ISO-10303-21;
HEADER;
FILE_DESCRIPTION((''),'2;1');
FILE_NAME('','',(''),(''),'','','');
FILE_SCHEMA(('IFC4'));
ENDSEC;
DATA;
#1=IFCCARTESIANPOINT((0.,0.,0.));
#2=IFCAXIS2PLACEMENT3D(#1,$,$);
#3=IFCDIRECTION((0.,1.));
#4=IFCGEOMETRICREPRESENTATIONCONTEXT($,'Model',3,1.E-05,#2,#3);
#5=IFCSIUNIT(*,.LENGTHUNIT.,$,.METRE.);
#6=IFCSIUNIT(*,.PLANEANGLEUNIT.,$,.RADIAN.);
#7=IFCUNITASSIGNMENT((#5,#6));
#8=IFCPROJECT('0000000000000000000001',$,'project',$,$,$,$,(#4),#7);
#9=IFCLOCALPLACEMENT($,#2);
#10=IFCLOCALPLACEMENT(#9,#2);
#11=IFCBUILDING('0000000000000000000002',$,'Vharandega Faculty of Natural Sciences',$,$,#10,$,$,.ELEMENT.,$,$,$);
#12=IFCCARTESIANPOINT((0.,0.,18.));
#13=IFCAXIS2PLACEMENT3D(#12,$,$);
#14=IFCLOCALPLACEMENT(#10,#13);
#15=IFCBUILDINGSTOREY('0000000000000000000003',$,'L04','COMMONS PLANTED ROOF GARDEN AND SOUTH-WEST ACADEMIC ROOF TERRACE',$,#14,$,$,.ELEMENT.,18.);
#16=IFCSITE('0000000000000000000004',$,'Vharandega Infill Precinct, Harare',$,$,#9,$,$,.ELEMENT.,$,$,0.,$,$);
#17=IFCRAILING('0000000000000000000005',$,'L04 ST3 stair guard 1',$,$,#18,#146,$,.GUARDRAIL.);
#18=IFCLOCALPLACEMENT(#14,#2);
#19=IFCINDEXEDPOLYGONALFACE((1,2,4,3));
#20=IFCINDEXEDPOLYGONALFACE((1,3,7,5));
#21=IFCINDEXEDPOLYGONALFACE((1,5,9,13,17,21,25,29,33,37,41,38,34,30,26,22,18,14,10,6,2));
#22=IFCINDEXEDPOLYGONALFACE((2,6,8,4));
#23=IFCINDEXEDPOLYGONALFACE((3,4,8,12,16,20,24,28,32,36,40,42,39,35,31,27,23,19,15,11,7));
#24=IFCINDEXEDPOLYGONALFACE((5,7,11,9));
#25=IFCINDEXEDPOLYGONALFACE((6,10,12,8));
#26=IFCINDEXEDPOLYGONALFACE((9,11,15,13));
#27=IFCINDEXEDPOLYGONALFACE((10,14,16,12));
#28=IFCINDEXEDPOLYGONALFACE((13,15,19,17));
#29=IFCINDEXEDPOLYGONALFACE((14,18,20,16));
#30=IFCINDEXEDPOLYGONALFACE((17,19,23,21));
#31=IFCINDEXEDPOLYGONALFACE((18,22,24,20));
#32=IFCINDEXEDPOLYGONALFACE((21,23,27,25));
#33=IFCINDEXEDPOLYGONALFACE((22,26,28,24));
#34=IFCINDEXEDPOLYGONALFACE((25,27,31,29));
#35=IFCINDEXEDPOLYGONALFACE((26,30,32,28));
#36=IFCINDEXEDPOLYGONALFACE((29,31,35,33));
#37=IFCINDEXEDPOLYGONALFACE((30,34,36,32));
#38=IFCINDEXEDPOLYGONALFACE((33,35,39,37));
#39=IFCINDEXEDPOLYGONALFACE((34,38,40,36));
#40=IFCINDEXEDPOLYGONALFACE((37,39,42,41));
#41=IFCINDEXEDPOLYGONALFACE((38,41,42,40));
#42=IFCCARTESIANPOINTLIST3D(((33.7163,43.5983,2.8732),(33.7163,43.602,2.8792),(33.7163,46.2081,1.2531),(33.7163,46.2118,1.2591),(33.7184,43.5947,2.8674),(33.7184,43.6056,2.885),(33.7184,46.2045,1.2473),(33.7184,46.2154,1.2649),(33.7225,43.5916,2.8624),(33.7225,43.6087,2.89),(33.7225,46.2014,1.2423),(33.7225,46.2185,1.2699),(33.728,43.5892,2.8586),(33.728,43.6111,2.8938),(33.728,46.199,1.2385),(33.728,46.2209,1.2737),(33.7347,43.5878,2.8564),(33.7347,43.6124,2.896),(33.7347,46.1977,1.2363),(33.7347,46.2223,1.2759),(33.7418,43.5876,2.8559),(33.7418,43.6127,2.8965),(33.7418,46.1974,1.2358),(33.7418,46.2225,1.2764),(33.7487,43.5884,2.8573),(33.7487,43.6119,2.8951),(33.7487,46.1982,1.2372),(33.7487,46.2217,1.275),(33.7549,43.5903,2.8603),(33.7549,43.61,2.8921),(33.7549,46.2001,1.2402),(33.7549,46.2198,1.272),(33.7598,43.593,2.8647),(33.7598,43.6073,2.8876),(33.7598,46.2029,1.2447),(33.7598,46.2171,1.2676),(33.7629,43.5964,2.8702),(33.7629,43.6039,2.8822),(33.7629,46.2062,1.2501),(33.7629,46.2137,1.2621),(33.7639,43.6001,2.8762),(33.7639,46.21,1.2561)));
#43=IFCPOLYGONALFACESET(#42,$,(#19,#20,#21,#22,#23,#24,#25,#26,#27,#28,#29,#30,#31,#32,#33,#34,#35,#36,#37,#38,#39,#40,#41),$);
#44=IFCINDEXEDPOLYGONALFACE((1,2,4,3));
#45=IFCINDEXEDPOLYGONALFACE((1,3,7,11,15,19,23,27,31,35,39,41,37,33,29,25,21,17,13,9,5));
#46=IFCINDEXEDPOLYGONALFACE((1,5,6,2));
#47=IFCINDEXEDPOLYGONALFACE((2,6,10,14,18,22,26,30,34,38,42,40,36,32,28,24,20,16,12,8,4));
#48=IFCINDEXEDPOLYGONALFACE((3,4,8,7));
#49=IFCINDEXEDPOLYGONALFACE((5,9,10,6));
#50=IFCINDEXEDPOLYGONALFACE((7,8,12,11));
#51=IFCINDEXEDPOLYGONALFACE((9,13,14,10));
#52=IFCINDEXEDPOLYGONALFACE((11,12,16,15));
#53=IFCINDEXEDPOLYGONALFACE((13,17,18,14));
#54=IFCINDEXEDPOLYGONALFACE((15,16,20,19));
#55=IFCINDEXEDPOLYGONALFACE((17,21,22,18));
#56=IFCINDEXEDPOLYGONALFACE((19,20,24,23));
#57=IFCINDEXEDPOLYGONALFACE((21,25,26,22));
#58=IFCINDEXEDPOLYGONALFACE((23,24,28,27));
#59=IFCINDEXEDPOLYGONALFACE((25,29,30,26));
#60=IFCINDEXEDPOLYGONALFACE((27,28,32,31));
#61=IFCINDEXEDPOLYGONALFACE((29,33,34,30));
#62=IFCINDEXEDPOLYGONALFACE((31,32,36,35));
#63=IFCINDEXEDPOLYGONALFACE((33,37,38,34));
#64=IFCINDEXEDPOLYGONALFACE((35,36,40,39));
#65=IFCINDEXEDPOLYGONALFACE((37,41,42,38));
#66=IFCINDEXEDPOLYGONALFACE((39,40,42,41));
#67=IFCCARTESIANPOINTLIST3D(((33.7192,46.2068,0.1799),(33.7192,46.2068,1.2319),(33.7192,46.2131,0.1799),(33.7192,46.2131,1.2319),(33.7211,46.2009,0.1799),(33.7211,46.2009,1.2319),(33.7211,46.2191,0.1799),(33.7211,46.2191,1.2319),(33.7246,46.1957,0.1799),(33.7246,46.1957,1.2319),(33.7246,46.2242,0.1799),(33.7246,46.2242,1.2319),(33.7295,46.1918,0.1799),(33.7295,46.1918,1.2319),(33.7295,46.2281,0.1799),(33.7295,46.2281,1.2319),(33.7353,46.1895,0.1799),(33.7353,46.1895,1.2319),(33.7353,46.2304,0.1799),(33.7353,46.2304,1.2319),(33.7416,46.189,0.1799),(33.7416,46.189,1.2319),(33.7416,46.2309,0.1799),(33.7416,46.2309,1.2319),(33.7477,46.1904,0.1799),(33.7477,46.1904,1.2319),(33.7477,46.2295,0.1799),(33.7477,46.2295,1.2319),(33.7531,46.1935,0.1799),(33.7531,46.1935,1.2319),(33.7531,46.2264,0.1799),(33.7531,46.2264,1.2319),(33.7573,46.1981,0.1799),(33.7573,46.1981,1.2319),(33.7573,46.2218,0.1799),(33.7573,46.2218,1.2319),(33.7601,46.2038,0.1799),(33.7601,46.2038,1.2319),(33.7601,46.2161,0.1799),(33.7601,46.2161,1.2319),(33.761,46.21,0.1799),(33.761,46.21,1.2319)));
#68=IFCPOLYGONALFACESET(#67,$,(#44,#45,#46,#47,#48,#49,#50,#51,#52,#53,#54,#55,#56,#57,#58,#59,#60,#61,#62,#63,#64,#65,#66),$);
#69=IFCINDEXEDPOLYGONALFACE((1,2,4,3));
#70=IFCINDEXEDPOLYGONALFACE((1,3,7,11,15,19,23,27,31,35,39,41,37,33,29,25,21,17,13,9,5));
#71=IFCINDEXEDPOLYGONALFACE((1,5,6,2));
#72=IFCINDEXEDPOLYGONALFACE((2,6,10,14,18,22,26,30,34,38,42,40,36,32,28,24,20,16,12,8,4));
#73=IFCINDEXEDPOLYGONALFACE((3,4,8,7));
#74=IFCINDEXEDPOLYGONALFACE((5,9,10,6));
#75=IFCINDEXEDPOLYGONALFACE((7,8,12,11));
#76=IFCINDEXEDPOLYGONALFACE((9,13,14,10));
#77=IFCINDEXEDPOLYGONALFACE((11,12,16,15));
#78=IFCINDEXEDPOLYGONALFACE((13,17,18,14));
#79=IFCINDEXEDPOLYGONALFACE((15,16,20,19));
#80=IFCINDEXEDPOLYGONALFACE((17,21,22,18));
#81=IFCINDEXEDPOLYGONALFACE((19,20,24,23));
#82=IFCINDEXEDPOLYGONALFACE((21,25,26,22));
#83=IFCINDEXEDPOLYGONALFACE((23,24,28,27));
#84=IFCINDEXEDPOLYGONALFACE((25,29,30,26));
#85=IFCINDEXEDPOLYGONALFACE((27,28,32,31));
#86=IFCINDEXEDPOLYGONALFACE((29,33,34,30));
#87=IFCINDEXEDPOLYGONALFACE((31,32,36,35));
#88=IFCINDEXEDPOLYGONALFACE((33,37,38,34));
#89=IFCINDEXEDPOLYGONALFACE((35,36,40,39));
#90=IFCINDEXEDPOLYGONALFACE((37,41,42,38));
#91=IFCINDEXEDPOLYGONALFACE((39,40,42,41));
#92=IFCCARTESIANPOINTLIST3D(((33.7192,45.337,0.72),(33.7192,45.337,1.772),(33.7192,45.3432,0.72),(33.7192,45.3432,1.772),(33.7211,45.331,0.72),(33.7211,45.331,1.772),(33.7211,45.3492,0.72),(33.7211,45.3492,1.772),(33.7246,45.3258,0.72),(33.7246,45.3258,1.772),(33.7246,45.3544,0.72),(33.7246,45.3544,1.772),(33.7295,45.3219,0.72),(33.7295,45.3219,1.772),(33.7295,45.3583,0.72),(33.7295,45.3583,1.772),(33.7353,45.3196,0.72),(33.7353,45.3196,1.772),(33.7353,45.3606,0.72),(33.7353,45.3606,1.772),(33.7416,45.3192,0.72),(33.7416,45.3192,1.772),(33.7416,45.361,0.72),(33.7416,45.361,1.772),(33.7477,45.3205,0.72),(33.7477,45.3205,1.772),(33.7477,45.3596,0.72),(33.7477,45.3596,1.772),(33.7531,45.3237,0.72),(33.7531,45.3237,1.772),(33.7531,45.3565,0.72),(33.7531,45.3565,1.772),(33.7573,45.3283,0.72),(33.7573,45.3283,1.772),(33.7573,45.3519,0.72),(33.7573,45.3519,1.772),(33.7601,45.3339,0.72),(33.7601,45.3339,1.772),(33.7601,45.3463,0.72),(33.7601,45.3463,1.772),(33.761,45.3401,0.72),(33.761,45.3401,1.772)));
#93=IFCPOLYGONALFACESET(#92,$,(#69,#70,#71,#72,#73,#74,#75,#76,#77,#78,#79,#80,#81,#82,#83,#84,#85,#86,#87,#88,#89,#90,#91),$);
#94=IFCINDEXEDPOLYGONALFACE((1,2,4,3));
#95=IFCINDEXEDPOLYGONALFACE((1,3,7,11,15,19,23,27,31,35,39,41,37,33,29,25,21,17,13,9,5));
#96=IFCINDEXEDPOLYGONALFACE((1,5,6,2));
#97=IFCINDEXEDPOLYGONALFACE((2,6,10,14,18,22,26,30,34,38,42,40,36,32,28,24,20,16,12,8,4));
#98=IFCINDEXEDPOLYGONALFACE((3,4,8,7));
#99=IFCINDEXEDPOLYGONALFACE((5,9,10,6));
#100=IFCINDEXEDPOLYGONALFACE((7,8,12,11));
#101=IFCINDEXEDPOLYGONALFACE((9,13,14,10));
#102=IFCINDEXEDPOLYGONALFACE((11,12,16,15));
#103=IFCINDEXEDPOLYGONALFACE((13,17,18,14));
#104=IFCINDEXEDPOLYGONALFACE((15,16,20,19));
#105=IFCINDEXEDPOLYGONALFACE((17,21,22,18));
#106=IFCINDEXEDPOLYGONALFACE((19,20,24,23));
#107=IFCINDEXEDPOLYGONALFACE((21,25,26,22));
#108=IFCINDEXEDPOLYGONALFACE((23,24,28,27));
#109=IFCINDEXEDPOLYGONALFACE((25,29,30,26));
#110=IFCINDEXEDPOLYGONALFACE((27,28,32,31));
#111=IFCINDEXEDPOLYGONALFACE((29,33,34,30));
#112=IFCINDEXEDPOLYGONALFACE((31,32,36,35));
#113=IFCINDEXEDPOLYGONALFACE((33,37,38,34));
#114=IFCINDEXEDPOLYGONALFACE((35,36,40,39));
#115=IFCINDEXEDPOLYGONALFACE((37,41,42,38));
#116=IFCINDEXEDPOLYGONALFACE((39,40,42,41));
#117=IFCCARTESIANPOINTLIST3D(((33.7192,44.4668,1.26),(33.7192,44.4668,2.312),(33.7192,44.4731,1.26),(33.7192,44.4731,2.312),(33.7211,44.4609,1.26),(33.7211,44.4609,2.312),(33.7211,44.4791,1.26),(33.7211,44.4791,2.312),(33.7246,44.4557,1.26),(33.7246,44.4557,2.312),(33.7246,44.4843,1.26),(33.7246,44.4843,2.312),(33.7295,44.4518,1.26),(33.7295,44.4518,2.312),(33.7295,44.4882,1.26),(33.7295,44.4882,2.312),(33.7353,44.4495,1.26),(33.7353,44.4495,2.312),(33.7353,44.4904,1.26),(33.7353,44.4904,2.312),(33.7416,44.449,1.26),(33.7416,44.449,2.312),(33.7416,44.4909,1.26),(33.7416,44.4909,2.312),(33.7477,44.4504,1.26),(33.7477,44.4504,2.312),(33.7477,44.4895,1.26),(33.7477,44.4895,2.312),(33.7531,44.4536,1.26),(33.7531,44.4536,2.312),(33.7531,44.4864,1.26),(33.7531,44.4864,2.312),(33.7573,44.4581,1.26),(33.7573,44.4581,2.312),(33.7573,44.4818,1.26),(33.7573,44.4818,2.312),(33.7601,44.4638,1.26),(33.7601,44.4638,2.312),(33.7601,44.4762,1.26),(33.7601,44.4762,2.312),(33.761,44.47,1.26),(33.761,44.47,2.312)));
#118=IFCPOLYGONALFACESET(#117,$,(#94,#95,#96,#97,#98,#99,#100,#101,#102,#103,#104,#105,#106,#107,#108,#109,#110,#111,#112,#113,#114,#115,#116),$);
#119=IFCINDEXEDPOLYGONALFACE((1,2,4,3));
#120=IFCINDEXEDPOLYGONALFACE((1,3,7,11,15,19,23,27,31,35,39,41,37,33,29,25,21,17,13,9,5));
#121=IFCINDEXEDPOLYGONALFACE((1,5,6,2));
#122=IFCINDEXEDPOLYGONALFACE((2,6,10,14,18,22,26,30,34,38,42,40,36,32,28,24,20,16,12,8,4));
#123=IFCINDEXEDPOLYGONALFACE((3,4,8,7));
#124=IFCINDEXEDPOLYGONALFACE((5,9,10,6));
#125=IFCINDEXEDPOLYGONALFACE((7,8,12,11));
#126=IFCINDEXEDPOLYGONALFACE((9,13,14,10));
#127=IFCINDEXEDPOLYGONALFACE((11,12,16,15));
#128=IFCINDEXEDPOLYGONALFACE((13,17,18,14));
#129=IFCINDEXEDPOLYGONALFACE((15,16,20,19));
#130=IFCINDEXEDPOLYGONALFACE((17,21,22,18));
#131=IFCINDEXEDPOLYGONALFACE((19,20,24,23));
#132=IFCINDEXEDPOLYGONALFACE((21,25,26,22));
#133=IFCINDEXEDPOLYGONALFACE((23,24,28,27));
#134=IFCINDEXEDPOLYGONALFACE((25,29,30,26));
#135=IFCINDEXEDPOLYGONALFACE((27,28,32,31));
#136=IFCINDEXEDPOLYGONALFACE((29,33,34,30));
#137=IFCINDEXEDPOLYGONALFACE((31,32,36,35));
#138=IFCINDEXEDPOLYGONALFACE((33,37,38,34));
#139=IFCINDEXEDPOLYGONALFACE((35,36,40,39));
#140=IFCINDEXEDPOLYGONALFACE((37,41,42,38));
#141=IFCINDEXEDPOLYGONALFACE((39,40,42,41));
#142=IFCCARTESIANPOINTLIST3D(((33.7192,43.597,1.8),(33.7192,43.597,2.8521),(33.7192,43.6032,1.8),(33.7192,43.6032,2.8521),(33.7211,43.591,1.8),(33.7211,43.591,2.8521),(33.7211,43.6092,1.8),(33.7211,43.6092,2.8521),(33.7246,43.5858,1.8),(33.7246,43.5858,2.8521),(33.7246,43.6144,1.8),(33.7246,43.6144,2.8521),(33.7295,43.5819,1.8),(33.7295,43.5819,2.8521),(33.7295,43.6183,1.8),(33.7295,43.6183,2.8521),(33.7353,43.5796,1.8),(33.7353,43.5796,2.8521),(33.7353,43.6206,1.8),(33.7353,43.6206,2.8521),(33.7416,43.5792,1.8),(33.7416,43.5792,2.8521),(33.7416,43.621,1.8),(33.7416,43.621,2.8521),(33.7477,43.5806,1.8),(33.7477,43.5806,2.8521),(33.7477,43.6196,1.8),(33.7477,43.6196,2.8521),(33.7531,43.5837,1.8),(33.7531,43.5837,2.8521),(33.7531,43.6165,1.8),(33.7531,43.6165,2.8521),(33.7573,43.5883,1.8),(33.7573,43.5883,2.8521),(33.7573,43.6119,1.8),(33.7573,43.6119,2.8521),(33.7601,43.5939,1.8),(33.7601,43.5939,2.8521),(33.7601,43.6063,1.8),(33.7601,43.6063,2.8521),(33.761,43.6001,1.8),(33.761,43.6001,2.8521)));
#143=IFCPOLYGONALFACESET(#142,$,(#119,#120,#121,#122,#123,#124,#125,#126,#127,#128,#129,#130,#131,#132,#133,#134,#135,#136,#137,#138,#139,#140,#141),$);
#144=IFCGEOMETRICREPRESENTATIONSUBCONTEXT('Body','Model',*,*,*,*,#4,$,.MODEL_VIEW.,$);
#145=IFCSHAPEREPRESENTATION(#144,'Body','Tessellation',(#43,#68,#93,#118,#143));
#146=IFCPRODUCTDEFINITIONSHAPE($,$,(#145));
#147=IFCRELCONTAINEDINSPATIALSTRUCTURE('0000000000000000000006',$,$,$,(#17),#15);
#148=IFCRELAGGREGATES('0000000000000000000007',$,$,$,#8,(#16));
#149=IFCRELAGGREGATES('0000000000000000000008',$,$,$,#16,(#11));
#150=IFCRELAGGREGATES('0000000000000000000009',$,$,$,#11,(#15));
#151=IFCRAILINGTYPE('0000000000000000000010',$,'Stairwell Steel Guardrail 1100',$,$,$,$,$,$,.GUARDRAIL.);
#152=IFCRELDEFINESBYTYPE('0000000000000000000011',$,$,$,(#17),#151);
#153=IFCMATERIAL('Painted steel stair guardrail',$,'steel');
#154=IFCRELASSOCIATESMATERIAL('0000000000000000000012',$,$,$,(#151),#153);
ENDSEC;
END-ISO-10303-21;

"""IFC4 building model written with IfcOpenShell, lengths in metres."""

from ifc_helpers import new_model, si_unit, direction, frame, origin, origin_2d, place, context, subcontext, project, spatial, circle, extrude, material, type_object, element, save


model = new_model("IFC4")

# Units and contexts
model_context = context("Model", 3, precision=1e-05, world=origin(), true_north=direction((0.0, 1.0)))
body_context = subcontext(model_context, "Body", "Model", "MODEL_VIEW")
ifc_project = project(units=[si_unit("LENGTHUNIT", "METRE"), si_unit("PLANEANGLEUNIT", "RADIAN")], contexts=[model_context])

# Site, building, storey
site_placement = place(None, origin())
site = spatial("IfcSite", under=ifc_project, at=site_placement, Name="Vharandega Infill Precinct, Harare", CompositionType="ELEMENT", RefElevation=0.0)
building_placement = place(site_placement, origin())
building = spatial("IfcBuilding", under=site, at=building_placement, Name="Vharandega Faculty of Natural Sciences", CompositionType="ELEMENT")
storey_placement = place(building_placement, frame((0.0, 0.0, 18.0)))
storey = spatial("IfcBuildingStorey", under=building, at=storey_placement, Name="L04", Description="COMMONS PLANTED ROOF GARDEN AND SOUTH-WEST ACADEMIC ROOF TERRACE", CompositionType="ELEMENT", Elevation=18.0)

# Railing
ifc_material_1 = material(Name="Painted steel stair guardrail", Category="steel")
railing_type_1 = type_object("IfcRailingType", Name="Stairwell Steel Guardrail 1100", PredefinedType="GUARDRAIL", material=ifc_material_1)
railing_1_placement = place(storey_placement, frame((33.74, 46.21, 0.1799)))
element("IfcRailing", 1, at=railing_1_placement, inside=storey, type_object=railing_type_1, Name="L04 ST3 stair guard 1", PredefinedType="GUARDRAIL", context=body_context, shape_type="SweptSolid", body=[
    extrude(circle(Radius=0.0239, at=origin_2d()), frame((0.0, 0.0, 1.0762), z_axis=(0.0, -0.849611, 0.52741), x_axis=(1.0, 0.0, 0.0)), (0.0, 0.0, 1.0), 3.0718),
    extrude(circle(Radius=0.021, at=origin_2d()), origin(), (0.0, 0.0, 1.0), 1.052),
    extrude(circle(Radius=0.021, at=origin_2d()), frame((0.0, -0.8699, 0.54)), (0.0, 0.0, 1.0), 1.052),
    extrude(circle(Radius=0.021, at=origin_2d()), frame((0.0, -1.74, 1.0801)), (0.0, 0.0, 1.0), 1.052),
    extrude(circle(Radius=0.021, at=origin_2d()), frame((0.0, -2.6099, 1.6201)), (0.0, 0.0, 1.0), 1.052),
])

save(model, "model.ifc")
